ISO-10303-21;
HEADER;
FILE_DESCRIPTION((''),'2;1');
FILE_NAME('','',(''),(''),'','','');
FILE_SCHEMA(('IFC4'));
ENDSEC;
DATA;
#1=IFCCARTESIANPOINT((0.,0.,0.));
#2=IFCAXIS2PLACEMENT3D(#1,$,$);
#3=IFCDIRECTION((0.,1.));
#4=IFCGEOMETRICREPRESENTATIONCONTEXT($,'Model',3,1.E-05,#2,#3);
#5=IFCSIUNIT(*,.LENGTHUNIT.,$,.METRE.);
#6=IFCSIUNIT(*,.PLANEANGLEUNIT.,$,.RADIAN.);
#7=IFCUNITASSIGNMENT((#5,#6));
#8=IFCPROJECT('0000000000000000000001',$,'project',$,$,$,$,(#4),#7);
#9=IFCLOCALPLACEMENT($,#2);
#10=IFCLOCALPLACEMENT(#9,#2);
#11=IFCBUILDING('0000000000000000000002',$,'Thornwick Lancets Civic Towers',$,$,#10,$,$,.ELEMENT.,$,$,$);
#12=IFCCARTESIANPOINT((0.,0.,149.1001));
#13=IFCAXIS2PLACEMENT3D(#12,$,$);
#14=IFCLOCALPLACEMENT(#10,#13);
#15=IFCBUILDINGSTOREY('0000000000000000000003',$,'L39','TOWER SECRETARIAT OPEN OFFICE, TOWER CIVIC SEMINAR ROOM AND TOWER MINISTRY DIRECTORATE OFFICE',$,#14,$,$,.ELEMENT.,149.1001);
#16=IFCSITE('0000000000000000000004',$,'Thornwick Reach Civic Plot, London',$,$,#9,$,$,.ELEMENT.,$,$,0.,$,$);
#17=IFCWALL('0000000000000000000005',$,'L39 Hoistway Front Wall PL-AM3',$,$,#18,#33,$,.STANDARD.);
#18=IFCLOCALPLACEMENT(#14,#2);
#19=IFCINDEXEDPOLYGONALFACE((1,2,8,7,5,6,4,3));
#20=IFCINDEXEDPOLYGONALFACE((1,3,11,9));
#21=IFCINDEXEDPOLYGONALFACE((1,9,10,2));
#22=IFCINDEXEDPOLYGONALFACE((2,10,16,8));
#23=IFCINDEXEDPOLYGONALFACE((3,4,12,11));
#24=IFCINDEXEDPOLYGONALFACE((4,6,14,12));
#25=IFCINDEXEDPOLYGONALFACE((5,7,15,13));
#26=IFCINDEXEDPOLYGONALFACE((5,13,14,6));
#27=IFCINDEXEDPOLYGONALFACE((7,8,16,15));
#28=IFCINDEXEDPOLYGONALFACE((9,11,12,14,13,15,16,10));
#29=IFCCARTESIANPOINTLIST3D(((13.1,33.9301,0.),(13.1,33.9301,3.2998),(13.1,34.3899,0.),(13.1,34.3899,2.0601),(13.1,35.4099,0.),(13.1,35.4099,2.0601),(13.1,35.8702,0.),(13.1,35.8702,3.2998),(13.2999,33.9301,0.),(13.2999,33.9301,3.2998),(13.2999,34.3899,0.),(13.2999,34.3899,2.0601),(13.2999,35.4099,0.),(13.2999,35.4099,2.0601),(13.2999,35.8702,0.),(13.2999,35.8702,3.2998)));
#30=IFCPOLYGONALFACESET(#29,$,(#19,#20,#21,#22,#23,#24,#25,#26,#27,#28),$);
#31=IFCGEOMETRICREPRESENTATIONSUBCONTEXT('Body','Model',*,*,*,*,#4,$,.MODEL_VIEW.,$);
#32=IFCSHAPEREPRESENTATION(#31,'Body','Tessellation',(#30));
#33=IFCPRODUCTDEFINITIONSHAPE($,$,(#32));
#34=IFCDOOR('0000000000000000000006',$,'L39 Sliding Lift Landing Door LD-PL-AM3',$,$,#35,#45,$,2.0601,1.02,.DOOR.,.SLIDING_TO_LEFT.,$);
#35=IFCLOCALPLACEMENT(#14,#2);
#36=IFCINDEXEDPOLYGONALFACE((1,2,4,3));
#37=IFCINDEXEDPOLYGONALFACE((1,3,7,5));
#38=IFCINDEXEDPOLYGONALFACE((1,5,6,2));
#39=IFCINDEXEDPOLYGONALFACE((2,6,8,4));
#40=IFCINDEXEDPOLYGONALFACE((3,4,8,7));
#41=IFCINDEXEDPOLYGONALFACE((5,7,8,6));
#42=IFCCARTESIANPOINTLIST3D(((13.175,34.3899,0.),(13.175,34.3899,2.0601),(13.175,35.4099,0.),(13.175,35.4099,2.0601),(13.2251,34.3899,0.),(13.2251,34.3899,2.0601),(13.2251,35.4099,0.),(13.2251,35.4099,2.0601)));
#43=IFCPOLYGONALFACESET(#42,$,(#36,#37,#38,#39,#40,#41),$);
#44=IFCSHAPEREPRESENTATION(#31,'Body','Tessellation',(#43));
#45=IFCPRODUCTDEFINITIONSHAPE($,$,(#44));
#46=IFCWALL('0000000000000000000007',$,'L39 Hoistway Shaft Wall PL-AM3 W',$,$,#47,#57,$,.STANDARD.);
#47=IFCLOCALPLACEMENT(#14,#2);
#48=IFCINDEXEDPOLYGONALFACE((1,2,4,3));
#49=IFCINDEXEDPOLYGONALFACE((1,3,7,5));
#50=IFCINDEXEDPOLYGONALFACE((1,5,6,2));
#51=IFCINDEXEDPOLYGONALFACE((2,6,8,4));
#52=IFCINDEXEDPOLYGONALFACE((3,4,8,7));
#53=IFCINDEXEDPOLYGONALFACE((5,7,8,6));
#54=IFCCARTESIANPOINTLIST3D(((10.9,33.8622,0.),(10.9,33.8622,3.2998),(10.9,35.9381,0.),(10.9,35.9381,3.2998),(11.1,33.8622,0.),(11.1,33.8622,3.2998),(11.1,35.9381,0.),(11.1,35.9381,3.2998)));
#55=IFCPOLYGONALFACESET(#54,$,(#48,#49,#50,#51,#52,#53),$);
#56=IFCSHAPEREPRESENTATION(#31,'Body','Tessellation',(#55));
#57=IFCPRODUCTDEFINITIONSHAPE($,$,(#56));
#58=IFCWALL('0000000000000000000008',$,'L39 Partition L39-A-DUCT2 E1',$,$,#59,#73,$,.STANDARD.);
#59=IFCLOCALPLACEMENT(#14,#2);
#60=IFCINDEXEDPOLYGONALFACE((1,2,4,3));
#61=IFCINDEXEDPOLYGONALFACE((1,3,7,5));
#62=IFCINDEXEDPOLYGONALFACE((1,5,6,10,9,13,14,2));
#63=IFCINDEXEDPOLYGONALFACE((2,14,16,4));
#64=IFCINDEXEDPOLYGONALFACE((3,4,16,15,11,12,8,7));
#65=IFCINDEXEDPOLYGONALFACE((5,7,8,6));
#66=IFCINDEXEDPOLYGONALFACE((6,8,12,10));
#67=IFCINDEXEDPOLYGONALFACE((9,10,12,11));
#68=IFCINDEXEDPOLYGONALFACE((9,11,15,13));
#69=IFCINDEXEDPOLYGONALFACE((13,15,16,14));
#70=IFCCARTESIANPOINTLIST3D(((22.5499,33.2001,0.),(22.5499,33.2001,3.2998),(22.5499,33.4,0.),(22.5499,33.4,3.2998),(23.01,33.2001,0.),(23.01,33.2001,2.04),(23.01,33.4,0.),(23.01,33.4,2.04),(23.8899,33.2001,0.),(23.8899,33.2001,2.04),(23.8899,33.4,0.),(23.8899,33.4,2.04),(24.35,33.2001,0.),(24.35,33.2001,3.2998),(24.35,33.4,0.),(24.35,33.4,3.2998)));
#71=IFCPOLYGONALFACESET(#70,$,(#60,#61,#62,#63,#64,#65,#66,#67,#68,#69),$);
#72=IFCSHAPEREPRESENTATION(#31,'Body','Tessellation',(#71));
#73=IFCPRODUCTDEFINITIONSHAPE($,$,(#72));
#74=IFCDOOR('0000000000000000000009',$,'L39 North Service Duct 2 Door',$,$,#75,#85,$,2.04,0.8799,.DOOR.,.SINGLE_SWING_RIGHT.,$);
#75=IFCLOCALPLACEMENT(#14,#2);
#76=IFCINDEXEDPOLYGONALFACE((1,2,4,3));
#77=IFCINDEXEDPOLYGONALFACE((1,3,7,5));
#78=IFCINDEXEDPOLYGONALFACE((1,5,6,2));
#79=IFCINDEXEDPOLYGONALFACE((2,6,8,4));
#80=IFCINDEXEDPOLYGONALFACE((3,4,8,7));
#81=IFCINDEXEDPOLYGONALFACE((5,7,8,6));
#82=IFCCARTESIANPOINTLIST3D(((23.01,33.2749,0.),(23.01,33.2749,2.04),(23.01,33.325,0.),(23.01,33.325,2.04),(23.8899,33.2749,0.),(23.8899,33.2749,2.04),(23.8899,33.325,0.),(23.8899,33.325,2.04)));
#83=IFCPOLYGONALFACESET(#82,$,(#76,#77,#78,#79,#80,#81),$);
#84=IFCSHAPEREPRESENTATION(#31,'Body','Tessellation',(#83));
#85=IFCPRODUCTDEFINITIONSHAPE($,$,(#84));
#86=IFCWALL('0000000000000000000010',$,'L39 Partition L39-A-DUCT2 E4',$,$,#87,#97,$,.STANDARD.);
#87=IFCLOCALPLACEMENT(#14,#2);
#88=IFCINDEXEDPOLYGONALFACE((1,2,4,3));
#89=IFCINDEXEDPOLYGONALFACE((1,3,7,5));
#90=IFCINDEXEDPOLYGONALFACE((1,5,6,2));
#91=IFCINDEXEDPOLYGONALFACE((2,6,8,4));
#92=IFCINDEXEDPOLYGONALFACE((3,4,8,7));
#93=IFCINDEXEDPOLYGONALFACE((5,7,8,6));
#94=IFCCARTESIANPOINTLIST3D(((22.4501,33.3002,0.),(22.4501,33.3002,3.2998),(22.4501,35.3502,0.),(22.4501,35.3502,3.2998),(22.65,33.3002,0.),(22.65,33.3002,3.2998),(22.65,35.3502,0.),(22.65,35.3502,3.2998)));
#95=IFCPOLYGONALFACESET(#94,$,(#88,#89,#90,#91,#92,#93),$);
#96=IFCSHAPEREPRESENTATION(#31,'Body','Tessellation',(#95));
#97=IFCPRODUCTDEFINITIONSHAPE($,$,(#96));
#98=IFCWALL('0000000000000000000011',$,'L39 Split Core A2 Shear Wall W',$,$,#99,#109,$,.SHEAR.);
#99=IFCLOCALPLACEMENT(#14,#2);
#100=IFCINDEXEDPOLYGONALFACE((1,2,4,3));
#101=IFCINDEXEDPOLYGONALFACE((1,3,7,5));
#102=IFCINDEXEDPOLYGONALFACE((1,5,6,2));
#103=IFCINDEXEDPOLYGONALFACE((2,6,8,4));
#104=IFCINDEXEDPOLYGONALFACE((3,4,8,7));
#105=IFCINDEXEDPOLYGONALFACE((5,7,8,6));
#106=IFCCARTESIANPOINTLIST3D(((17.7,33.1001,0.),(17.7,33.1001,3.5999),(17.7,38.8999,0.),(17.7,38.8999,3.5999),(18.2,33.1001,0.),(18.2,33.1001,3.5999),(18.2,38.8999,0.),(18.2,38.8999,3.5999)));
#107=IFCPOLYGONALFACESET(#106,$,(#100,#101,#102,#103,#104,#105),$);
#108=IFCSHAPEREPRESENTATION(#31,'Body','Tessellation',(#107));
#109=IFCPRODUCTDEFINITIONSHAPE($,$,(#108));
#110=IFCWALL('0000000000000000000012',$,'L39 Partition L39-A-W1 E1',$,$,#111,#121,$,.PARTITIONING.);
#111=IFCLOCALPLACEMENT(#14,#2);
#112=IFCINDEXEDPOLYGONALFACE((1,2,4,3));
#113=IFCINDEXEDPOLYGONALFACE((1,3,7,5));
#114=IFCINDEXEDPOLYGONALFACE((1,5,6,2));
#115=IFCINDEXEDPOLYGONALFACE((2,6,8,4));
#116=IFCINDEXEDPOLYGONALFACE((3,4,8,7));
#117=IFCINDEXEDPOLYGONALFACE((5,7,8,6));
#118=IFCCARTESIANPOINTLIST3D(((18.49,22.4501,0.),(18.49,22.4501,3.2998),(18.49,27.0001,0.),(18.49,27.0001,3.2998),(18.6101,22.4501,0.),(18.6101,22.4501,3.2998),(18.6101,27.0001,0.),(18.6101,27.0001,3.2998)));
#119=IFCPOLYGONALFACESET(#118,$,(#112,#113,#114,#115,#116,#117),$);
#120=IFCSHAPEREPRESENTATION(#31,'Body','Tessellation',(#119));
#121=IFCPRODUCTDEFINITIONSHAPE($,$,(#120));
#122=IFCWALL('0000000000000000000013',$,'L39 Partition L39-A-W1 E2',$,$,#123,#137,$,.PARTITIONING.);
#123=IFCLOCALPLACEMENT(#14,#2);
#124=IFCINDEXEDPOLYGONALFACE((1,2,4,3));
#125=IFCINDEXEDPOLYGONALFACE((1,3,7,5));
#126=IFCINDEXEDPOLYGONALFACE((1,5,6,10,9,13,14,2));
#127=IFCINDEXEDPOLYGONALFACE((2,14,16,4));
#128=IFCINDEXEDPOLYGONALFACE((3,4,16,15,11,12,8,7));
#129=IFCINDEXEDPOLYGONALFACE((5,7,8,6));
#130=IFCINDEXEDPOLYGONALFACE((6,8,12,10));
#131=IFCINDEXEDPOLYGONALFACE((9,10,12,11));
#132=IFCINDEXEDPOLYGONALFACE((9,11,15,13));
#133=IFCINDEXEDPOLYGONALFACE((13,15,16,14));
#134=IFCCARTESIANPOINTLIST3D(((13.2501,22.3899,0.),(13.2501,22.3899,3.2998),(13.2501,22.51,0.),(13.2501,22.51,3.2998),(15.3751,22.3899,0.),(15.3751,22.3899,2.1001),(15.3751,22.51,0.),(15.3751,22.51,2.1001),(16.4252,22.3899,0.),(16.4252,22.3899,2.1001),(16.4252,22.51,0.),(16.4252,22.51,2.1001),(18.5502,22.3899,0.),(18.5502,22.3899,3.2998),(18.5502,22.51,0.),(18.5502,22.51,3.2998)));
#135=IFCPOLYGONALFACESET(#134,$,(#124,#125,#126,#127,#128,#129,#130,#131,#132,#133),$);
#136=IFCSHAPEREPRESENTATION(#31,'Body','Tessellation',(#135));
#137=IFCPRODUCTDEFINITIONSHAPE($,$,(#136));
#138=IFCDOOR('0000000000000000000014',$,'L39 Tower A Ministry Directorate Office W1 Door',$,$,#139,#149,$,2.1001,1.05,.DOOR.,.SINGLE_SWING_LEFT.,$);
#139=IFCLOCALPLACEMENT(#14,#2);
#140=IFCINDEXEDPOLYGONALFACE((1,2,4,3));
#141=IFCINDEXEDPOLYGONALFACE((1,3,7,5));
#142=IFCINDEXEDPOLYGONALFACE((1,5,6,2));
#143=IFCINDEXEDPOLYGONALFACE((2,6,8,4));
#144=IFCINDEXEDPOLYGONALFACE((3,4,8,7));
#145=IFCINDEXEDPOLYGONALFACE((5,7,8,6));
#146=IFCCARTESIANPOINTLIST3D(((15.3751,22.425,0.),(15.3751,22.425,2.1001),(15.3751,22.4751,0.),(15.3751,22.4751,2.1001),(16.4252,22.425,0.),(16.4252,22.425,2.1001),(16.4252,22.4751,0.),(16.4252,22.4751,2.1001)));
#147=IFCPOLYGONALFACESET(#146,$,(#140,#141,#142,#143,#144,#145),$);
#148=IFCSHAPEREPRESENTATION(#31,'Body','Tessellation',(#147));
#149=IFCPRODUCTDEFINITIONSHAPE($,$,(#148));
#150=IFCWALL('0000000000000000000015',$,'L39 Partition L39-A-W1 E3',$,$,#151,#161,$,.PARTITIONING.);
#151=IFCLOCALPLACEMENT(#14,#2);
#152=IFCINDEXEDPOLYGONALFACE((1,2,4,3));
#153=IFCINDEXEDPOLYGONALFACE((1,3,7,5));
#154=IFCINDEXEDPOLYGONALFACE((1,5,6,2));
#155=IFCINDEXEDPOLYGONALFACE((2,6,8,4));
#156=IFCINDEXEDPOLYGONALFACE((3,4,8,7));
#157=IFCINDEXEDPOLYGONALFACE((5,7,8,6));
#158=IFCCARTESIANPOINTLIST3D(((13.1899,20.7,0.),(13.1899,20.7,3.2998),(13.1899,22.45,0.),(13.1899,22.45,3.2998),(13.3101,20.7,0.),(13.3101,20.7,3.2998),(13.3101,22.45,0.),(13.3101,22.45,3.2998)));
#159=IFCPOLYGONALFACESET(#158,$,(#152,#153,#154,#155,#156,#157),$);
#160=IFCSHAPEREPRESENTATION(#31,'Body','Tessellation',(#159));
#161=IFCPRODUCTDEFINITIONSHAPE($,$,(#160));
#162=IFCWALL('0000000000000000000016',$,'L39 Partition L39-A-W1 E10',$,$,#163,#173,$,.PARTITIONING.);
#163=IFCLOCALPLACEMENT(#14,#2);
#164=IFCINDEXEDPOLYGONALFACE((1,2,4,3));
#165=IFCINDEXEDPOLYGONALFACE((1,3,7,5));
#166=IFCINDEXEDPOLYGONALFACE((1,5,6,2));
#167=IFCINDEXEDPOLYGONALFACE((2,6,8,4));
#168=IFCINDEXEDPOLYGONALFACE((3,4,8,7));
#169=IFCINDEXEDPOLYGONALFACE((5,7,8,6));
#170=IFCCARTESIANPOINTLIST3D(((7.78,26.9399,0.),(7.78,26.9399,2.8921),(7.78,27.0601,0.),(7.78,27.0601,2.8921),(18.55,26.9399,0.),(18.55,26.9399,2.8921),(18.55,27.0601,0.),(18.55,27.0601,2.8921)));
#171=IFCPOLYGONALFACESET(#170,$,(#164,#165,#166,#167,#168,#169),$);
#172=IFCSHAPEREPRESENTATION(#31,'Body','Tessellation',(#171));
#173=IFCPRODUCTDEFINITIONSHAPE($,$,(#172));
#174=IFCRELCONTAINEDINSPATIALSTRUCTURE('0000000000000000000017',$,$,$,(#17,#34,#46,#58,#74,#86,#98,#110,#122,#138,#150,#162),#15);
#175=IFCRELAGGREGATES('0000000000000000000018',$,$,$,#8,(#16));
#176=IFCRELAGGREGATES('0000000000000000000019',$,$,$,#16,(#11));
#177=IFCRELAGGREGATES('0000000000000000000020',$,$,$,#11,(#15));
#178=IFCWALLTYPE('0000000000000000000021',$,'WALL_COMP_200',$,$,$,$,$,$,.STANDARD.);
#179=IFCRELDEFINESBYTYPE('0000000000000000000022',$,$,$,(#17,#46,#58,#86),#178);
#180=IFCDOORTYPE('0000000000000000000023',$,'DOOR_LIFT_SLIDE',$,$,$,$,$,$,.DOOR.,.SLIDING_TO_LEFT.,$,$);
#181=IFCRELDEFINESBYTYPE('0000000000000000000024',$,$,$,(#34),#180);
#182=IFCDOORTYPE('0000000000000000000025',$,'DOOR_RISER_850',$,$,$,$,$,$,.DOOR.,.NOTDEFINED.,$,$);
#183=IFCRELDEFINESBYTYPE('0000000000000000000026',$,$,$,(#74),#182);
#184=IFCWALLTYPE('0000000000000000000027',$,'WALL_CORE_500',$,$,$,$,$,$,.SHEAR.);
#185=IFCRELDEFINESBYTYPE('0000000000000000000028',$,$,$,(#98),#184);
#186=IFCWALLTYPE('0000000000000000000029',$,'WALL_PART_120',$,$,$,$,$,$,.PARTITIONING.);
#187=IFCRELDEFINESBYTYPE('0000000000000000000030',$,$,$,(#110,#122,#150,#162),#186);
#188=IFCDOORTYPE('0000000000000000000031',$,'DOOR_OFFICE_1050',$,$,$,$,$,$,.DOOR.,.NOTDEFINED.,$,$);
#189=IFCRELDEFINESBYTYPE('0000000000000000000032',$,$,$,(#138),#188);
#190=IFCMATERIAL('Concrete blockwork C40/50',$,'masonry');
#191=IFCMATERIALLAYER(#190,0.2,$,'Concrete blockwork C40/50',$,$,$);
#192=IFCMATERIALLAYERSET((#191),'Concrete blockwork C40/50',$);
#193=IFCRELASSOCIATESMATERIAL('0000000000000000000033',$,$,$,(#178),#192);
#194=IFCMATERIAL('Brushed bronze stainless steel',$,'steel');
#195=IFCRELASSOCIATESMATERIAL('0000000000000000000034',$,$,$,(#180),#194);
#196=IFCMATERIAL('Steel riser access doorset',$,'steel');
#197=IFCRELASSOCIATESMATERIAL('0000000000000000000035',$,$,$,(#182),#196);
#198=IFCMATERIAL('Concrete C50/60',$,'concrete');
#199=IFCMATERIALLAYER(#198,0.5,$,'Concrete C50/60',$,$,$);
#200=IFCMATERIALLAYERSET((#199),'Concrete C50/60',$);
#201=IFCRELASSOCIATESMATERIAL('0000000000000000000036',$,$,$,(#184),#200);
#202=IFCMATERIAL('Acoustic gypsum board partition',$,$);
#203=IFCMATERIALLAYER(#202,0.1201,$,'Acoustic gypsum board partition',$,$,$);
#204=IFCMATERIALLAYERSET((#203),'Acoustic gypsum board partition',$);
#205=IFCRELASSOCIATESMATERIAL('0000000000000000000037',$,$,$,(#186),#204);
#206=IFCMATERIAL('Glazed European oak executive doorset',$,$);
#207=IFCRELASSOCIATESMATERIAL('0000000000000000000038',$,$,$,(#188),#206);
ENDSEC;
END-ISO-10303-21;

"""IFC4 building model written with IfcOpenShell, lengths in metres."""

from ifc_helpers import new_model, si_unit, direction, frame, frame_2d, origin, place, context, subcontext, project, spatial, rectangle, extrude, material, layer, layer_set, type_object, element, fill, save


model = new_model("IFC4")

# Units and contexts
model_context = context("Model", 3, precision=1e-05, world=origin(), true_north=direction((0.0, 1.0)))
body_context = subcontext(model_context, "Body", "Model", "MODEL_VIEW")
ifc_project = project(units=[si_unit("LENGTHUNIT", "METRE"), si_unit("PLANEANGLEUNIT", "RADIAN")], contexts=[model_context])

# Site, building, storey
site_placement = place(None, origin())
site = spatial("IfcSite", under=ifc_project, at=site_placement, Name="Thornwick Reach Civic Plot, London", CompositionType="ELEMENT", RefElevation=0.0)
building_placement = place(site_placement, origin())
building = spatial("IfcBuilding", under=site, at=building_placement, Name="Thornwick Lancets Civic Towers", CompositionType="ELEMENT")
storey_placement = place(building_placement, frame((0.0, 0.0, 149.1001)))
storey = spatial("IfcBuildingStorey", under=building, at=storey_placement, Name="L39", Description="TOWER SECRETARIAT OPEN OFFICE, TOWER CIVIC SEMINAR ROOM AND TOWER MINISTRY DIRECTORATE OFFICE", CompositionType="ELEMENT", Elevation=149.1001)

# Shared definitions
ifc_material_1 = material(Name="Concrete C50/60", Category="concrete")

# Wall, opening, door
ifc_material_2 = material(Name="Concrete blockwork C40/50", Category="masonry")
ifc_layer_1 = layer(ifc_material_2, 0.2, Name="Concrete blockwork C40/50")
ifc_layer_set_1 = layer_set([ifc_layer_1], Name="Concrete blockwork C40/50")
wall_type_1 = type_object("IfcWallType", Name="WALL_COMP_200", PredefinedType="STANDARD", material=ifc_layer_set_1)
wall_1_placement = place(storey_placement, frame((13.2, 33.9299, 0.0), z_axis=(0.0, 0.0, 1.0), x_axis=(0.0, 1.0, 0.0)))
wall_1 = element("IfcWall", 1, at=wall_1_placement, inside=storey, type_object=wall_type_1, Name="L39 Hoistway Front Wall PL-AM3", PredefinedType="STANDARD", context=body_context, shape_type="SweptSolid", body=[
    extrude(rectangle(XDim=1.9402, YDim=0.2, at=frame_2d((0.9702, 0.0))), origin(), (0.0, 0.0, 1.0), 3.2998),
])
opening_1_placement = place(wall_1_placement, frame((0.46, 0.0, 0.0)))
opening_1 = element("IfcOpeningElement", 2, at=opening_1_placement, cuts=wall_1, PredefinedType="OPENING", context=body_context, shape_type="SweptSolid", body=[
    extrude(rectangle(XDim=1.02, YDim=2.0601, at=frame_2d((0.51, 1.03))), frame((0.0, 0.1099, 0.0), z_axis=(0.0, -1.0, 0.0), x_axis=(1.0, 0.0, 0.0)), (0.0, 0.0, 1.0), 0.22),
])
ifc_material_3 = material(Name="Brushed bronze stainless steel", Category="steel")
door_type_1 = type_object("IfcDoorType", Name="DOOR_LIFT_SLIDE", OperationType="SLIDING_TO_LEFT", PredefinedType="DOOR", material=ifc_material_3)
door_1_placement = place(opening_1_placement, origin())
door_1 = element("IfcDoor", 3, at=door_1_placement, inside=storey, type_object=door_type_1, Name="L39 Sliding Lift Landing Door LD-PL-AM3", OperationType="SLIDING_TO_LEFT", OverallHeight=2.0601, OverallWidth=1.02, PredefinedType="DOOR", context=body_context, shape_type="SweptSolid", body=[
    extrude(rectangle(XDim=1.02, YDim=2.0601, at=frame_2d((0.51, 1.03))), frame((0.0, 0.0249, 0.0), z_axis=(0.0, -1.0, 0.0), x_axis=(1.0, 0.0, 0.0)), (0.0, 0.0, 1.0), 0.05),
])
fill(opening_1, door_1)

# Wall
wall_2_placement = place(storey_placement, frame((11.0, 33.8621, 0.0), z_axis=(0.0, 0.0, 1.0), x_axis=(0.0, 1.0, 0.0)))
element("IfcWall", 4, at=wall_2_placement, inside=storey, type_object=wall_type_1, Name="L39 Hoistway Shaft Wall PL-AM3 W", PredefinedType="STANDARD", context=body_context, shape_type="SweptSolid", body=[
    extrude(rectangle(XDim=2.0759, YDim=0.2, at=frame_2d((1.0381, 0.0))), origin(), (0.0, 0.0, 1.0), 3.2998),
])

# Wall, opening, door
wall_3_placement = place(storey_placement, frame((22.55, 33.3, 0.0), z_axis=(0.0, 0.0, 1.0), x_axis=(1.0, 0.0, 0.0)))
wall_3 = element("IfcWall", 5, at=wall_3_placement, inside=storey, type_object=wall_type_1, Name="L39 Partition L39-A-DUCT2 E1", PredefinedType="STANDARD", context=body_context, shape_type="SweptSolid", body=[
    extrude(rectangle(XDim=1.8, YDim=0.2, at=frame_2d((0.8999, 0.0))), origin(), (0.0, 0.0, 1.0), 3.2998),
])
opening_2_placement = place(wall_3_placement, frame((0.46, 0.0, 0.0)))
opening_2 = element("IfcOpeningElement", 6, at=opening_2_placement, cuts=wall_3, PredefinedType="OPENING", context=body_context, shape_type="SweptSolid", body=[
    extrude(rectangle(XDim=0.8799, YDim=2.04, at=frame_2d((0.4399, 1.02))), frame((0.0, 0.1099, 0.0), z_axis=(0.0, -1.0, 0.0), x_axis=(1.0, 0.0, 0.0)), (0.0, 0.0, 1.0), 0.22),
])
ifc_material_4 = material(Name="Steel riser access doorset", Category="steel")
door_type_2 = type_object("IfcDoorType", Name="DOOR_RISER_850", OperationType="NOTDEFINED", PredefinedType="DOOR", material=ifc_material_4)
door_2_placement = place(opening_2_placement, origin())
door_2 = element("IfcDoor", 7, at=door_2_placement, inside=storey, type_object=door_type_2, Name="L39 North Service Duct 2 Door", OperationType="SINGLE_SWING_RIGHT", OverallHeight=2.04, OverallWidth=0.8799, PredefinedType="DOOR", context=body_context, shape_type="SweptSolid", body=[
    extrude(rectangle(XDim=0.8799, YDim=2.04, at=frame_2d((0.4399, 1.02))), frame((0.0, 0.0249, 0.0), z_axis=(0.0, -1.0, 0.0), x_axis=(1.0, 0.0, 0.0)), (0.0, 0.0, 1.0), 0.05),
])
fill(opening_2, door_2)

# Walls
wall_4_placement = place(storey_placement, frame((22.55, 35.3501, 0.0), z_axis=(0.0, 0.0, 1.0), x_axis=(0.0, -1.0, 0.0)))
element("IfcWall", 8, at=wall_4_placement, inside=storey, type_object=wall_type_1, Name="L39 Partition L39-A-DUCT2 E4", PredefinedType="STANDARD", context=body_context, shape_type="SweptSolid", body=[
    extrude(rectangle(XDim=2.05, YDim=0.2, at=frame_2d((1.0249, 0.0))), origin(), (0.0, 0.0, 1.0), 3.2998),
])
ifc_layer_2 = layer(ifc_material_1, 0.5, Name="Concrete C50/60")
ifc_layer_set_2 = layer_set([ifc_layer_2], Name="Concrete C50/60")
wall_type_2 = type_object("IfcWallType", Name="WALL_CORE_500", PredefinedType="SHEAR", material=ifc_layer_set_2)
wall_5_placement = place(storey_placement, frame((17.95, 33.1001, 0.0), z_axis=(0.0, 0.0, 1.0), x_axis=(0.0, 1.0, 0.0)))
element("IfcWall", 9, at=wall_5_placement, inside=storey, type_object=wall_type_2, Name="L39 Split Core A2 Shear Wall W", PredefinedType="SHEAR", context=body_context, shape_type="SweptSolid", body=[
    extrude(rectangle(XDim=5.7998, YDim=0.5, at=frame_2d((2.8999, 0.0))), origin(), (0.0, 0.0, 1.0), 3.5999),
])
ifc_material_5 = material(Name="Acoustic gypsum board partition")
ifc_layer_3 = layer(ifc_material_5, 0.1201, Name="Acoustic gypsum board partition")
ifc_layer_set_3 = layer_set([ifc_layer_3], Name="Acoustic gypsum board partition")
wall_type_3 = type_object("IfcWallType", Name="WALL_PART_120", PredefinedType="PARTITIONING", material=ifc_layer_set_3)
wall_6_placement = place(storey_placement, frame((18.55, 27.0, 0.0), z_axis=(0.0, 0.0, 1.0), x_axis=(0.0, -1.0, 0.0)))
element("IfcWall", 10, at=wall_6_placement, inside=storey, type_object=wall_type_3, Name="L39 Partition L39-A-W1 E1", PredefinedType="PARTITIONING", context=body_context, shape_type="SweptSolid", body=[
    extrude(rectangle(XDim=4.55, YDim=0.1201, at=frame_2d((2.2749, 0.0))), origin(), (0.0, 0.0, 1.0), 3.2998),
])

# Wall, opening, door
wall_7_placement = place(storey_placement, frame((18.55, 22.45, 0.0), z_axis=(0.0, 0.0, 1.0), x_axis=(-1.0, 0.0, 0.0)))
wall_7 = element("IfcWall", 11, at=wall_7_placement, inside=storey, type_object=wall_type_3, Name="L39 Partition L39-A-W1 E2", PredefinedType="PARTITIONING", context=body_context, shape_type="SweptSolid", body=[
    extrude(rectangle(XDim=5.3, YDim=0.1201, at=frame_2d((2.6499, 0.0))), origin(), (0.0, 0.0, 1.0), 3.2998),
])
opening_3_placement = place(wall_7_placement, frame((2.125, 0.0, 0.0)))
opening_3 = element("IfcOpeningElement", 12, at=opening_3_placement, cuts=wall_7, PredefinedType="OPENING", context=body_context, shape_type="SweptSolid", body=[
    extrude(rectangle(XDim=1.05, YDim=2.1001, at=frame_2d((0.5249, 1.05))), frame((0.0, 0.0701, 0.0), z_axis=(0.0, -1.0, 0.0), x_axis=(1.0, 0.0, 0.0)), (0.0, 0.0, 1.0), 0.1401),
])
ifc_material_6 = material(Name="Glazed European oak executive doorset")
door_type_3 = type_object("IfcDoorType", Name="DOOR_OFFICE_1050", OperationType="NOTDEFINED", PredefinedType="DOOR", material=ifc_material_6)
door_3_placement = place(opening_3_placement, origin())
door_3 = element("IfcDoor", 13, at=door_3_placement, inside=storey, type_object=door_type_3, Name="L39 Tower A Ministry Directorate Office W1 Door", OperationType="SINGLE_SWING_LEFT", OverallHeight=2.1001, OverallWidth=1.05, PredefinedType="DOOR", context=body_context, shape_type="SweptSolid", body=[
    extrude(rectangle(XDim=1.05, YDim=2.1001, at=frame_2d((0.5249, 1.05))), frame((0.0, 0.0249, 0.0), z_axis=(0.0, -1.0, 0.0), x_axis=(1.0, 0.0, 0.0)), (0.0, 0.0, 1.0), 0.05),
])
fill(opening_3, door_3)

# Walls
wall_8_placement = place(storey_placement, frame((13.25, 22.45, 0.0), z_axis=(0.0, 0.0, 1.0), x_axis=(0.0, -1.0, 0.0)))
element("IfcWall", 14, at=wall_8_placement, inside=storey, type_object=wall_type_3, Name="L39 Partition L39-A-W1 E3", PredefinedType="PARTITIONING", context=body_context, shape_type="SweptSolid", body=[
    extrude(rectangle(XDim=1.75, YDim=0.1201, at=frame_2d((0.875, 0.0))), origin(), (0.0, 0.0, 1.0), 3.2998),
])
wall_9_placement = place(storey_placement, frame((7.78, 27.0, 0.0), z_axis=(0.0, 0.0, 1.0), x_axis=(1.0, 0.0, 0.0)))
element("IfcWall", 15, at=wall_9_placement, inside=storey, type_object=wall_type_3, Name="L39 Partition L39-A-W1 E10", PredefinedType="PARTITIONING", context=body_context, shape_type="SweptSolid", body=[
    extrude(rectangle(XDim=10.77, YDim=0.1201, at=frame_2d((5.385, 0.0))), origin(), (0.0, 0.0, 1.0), 2.8921),
])

save(model, "model.ifc")
